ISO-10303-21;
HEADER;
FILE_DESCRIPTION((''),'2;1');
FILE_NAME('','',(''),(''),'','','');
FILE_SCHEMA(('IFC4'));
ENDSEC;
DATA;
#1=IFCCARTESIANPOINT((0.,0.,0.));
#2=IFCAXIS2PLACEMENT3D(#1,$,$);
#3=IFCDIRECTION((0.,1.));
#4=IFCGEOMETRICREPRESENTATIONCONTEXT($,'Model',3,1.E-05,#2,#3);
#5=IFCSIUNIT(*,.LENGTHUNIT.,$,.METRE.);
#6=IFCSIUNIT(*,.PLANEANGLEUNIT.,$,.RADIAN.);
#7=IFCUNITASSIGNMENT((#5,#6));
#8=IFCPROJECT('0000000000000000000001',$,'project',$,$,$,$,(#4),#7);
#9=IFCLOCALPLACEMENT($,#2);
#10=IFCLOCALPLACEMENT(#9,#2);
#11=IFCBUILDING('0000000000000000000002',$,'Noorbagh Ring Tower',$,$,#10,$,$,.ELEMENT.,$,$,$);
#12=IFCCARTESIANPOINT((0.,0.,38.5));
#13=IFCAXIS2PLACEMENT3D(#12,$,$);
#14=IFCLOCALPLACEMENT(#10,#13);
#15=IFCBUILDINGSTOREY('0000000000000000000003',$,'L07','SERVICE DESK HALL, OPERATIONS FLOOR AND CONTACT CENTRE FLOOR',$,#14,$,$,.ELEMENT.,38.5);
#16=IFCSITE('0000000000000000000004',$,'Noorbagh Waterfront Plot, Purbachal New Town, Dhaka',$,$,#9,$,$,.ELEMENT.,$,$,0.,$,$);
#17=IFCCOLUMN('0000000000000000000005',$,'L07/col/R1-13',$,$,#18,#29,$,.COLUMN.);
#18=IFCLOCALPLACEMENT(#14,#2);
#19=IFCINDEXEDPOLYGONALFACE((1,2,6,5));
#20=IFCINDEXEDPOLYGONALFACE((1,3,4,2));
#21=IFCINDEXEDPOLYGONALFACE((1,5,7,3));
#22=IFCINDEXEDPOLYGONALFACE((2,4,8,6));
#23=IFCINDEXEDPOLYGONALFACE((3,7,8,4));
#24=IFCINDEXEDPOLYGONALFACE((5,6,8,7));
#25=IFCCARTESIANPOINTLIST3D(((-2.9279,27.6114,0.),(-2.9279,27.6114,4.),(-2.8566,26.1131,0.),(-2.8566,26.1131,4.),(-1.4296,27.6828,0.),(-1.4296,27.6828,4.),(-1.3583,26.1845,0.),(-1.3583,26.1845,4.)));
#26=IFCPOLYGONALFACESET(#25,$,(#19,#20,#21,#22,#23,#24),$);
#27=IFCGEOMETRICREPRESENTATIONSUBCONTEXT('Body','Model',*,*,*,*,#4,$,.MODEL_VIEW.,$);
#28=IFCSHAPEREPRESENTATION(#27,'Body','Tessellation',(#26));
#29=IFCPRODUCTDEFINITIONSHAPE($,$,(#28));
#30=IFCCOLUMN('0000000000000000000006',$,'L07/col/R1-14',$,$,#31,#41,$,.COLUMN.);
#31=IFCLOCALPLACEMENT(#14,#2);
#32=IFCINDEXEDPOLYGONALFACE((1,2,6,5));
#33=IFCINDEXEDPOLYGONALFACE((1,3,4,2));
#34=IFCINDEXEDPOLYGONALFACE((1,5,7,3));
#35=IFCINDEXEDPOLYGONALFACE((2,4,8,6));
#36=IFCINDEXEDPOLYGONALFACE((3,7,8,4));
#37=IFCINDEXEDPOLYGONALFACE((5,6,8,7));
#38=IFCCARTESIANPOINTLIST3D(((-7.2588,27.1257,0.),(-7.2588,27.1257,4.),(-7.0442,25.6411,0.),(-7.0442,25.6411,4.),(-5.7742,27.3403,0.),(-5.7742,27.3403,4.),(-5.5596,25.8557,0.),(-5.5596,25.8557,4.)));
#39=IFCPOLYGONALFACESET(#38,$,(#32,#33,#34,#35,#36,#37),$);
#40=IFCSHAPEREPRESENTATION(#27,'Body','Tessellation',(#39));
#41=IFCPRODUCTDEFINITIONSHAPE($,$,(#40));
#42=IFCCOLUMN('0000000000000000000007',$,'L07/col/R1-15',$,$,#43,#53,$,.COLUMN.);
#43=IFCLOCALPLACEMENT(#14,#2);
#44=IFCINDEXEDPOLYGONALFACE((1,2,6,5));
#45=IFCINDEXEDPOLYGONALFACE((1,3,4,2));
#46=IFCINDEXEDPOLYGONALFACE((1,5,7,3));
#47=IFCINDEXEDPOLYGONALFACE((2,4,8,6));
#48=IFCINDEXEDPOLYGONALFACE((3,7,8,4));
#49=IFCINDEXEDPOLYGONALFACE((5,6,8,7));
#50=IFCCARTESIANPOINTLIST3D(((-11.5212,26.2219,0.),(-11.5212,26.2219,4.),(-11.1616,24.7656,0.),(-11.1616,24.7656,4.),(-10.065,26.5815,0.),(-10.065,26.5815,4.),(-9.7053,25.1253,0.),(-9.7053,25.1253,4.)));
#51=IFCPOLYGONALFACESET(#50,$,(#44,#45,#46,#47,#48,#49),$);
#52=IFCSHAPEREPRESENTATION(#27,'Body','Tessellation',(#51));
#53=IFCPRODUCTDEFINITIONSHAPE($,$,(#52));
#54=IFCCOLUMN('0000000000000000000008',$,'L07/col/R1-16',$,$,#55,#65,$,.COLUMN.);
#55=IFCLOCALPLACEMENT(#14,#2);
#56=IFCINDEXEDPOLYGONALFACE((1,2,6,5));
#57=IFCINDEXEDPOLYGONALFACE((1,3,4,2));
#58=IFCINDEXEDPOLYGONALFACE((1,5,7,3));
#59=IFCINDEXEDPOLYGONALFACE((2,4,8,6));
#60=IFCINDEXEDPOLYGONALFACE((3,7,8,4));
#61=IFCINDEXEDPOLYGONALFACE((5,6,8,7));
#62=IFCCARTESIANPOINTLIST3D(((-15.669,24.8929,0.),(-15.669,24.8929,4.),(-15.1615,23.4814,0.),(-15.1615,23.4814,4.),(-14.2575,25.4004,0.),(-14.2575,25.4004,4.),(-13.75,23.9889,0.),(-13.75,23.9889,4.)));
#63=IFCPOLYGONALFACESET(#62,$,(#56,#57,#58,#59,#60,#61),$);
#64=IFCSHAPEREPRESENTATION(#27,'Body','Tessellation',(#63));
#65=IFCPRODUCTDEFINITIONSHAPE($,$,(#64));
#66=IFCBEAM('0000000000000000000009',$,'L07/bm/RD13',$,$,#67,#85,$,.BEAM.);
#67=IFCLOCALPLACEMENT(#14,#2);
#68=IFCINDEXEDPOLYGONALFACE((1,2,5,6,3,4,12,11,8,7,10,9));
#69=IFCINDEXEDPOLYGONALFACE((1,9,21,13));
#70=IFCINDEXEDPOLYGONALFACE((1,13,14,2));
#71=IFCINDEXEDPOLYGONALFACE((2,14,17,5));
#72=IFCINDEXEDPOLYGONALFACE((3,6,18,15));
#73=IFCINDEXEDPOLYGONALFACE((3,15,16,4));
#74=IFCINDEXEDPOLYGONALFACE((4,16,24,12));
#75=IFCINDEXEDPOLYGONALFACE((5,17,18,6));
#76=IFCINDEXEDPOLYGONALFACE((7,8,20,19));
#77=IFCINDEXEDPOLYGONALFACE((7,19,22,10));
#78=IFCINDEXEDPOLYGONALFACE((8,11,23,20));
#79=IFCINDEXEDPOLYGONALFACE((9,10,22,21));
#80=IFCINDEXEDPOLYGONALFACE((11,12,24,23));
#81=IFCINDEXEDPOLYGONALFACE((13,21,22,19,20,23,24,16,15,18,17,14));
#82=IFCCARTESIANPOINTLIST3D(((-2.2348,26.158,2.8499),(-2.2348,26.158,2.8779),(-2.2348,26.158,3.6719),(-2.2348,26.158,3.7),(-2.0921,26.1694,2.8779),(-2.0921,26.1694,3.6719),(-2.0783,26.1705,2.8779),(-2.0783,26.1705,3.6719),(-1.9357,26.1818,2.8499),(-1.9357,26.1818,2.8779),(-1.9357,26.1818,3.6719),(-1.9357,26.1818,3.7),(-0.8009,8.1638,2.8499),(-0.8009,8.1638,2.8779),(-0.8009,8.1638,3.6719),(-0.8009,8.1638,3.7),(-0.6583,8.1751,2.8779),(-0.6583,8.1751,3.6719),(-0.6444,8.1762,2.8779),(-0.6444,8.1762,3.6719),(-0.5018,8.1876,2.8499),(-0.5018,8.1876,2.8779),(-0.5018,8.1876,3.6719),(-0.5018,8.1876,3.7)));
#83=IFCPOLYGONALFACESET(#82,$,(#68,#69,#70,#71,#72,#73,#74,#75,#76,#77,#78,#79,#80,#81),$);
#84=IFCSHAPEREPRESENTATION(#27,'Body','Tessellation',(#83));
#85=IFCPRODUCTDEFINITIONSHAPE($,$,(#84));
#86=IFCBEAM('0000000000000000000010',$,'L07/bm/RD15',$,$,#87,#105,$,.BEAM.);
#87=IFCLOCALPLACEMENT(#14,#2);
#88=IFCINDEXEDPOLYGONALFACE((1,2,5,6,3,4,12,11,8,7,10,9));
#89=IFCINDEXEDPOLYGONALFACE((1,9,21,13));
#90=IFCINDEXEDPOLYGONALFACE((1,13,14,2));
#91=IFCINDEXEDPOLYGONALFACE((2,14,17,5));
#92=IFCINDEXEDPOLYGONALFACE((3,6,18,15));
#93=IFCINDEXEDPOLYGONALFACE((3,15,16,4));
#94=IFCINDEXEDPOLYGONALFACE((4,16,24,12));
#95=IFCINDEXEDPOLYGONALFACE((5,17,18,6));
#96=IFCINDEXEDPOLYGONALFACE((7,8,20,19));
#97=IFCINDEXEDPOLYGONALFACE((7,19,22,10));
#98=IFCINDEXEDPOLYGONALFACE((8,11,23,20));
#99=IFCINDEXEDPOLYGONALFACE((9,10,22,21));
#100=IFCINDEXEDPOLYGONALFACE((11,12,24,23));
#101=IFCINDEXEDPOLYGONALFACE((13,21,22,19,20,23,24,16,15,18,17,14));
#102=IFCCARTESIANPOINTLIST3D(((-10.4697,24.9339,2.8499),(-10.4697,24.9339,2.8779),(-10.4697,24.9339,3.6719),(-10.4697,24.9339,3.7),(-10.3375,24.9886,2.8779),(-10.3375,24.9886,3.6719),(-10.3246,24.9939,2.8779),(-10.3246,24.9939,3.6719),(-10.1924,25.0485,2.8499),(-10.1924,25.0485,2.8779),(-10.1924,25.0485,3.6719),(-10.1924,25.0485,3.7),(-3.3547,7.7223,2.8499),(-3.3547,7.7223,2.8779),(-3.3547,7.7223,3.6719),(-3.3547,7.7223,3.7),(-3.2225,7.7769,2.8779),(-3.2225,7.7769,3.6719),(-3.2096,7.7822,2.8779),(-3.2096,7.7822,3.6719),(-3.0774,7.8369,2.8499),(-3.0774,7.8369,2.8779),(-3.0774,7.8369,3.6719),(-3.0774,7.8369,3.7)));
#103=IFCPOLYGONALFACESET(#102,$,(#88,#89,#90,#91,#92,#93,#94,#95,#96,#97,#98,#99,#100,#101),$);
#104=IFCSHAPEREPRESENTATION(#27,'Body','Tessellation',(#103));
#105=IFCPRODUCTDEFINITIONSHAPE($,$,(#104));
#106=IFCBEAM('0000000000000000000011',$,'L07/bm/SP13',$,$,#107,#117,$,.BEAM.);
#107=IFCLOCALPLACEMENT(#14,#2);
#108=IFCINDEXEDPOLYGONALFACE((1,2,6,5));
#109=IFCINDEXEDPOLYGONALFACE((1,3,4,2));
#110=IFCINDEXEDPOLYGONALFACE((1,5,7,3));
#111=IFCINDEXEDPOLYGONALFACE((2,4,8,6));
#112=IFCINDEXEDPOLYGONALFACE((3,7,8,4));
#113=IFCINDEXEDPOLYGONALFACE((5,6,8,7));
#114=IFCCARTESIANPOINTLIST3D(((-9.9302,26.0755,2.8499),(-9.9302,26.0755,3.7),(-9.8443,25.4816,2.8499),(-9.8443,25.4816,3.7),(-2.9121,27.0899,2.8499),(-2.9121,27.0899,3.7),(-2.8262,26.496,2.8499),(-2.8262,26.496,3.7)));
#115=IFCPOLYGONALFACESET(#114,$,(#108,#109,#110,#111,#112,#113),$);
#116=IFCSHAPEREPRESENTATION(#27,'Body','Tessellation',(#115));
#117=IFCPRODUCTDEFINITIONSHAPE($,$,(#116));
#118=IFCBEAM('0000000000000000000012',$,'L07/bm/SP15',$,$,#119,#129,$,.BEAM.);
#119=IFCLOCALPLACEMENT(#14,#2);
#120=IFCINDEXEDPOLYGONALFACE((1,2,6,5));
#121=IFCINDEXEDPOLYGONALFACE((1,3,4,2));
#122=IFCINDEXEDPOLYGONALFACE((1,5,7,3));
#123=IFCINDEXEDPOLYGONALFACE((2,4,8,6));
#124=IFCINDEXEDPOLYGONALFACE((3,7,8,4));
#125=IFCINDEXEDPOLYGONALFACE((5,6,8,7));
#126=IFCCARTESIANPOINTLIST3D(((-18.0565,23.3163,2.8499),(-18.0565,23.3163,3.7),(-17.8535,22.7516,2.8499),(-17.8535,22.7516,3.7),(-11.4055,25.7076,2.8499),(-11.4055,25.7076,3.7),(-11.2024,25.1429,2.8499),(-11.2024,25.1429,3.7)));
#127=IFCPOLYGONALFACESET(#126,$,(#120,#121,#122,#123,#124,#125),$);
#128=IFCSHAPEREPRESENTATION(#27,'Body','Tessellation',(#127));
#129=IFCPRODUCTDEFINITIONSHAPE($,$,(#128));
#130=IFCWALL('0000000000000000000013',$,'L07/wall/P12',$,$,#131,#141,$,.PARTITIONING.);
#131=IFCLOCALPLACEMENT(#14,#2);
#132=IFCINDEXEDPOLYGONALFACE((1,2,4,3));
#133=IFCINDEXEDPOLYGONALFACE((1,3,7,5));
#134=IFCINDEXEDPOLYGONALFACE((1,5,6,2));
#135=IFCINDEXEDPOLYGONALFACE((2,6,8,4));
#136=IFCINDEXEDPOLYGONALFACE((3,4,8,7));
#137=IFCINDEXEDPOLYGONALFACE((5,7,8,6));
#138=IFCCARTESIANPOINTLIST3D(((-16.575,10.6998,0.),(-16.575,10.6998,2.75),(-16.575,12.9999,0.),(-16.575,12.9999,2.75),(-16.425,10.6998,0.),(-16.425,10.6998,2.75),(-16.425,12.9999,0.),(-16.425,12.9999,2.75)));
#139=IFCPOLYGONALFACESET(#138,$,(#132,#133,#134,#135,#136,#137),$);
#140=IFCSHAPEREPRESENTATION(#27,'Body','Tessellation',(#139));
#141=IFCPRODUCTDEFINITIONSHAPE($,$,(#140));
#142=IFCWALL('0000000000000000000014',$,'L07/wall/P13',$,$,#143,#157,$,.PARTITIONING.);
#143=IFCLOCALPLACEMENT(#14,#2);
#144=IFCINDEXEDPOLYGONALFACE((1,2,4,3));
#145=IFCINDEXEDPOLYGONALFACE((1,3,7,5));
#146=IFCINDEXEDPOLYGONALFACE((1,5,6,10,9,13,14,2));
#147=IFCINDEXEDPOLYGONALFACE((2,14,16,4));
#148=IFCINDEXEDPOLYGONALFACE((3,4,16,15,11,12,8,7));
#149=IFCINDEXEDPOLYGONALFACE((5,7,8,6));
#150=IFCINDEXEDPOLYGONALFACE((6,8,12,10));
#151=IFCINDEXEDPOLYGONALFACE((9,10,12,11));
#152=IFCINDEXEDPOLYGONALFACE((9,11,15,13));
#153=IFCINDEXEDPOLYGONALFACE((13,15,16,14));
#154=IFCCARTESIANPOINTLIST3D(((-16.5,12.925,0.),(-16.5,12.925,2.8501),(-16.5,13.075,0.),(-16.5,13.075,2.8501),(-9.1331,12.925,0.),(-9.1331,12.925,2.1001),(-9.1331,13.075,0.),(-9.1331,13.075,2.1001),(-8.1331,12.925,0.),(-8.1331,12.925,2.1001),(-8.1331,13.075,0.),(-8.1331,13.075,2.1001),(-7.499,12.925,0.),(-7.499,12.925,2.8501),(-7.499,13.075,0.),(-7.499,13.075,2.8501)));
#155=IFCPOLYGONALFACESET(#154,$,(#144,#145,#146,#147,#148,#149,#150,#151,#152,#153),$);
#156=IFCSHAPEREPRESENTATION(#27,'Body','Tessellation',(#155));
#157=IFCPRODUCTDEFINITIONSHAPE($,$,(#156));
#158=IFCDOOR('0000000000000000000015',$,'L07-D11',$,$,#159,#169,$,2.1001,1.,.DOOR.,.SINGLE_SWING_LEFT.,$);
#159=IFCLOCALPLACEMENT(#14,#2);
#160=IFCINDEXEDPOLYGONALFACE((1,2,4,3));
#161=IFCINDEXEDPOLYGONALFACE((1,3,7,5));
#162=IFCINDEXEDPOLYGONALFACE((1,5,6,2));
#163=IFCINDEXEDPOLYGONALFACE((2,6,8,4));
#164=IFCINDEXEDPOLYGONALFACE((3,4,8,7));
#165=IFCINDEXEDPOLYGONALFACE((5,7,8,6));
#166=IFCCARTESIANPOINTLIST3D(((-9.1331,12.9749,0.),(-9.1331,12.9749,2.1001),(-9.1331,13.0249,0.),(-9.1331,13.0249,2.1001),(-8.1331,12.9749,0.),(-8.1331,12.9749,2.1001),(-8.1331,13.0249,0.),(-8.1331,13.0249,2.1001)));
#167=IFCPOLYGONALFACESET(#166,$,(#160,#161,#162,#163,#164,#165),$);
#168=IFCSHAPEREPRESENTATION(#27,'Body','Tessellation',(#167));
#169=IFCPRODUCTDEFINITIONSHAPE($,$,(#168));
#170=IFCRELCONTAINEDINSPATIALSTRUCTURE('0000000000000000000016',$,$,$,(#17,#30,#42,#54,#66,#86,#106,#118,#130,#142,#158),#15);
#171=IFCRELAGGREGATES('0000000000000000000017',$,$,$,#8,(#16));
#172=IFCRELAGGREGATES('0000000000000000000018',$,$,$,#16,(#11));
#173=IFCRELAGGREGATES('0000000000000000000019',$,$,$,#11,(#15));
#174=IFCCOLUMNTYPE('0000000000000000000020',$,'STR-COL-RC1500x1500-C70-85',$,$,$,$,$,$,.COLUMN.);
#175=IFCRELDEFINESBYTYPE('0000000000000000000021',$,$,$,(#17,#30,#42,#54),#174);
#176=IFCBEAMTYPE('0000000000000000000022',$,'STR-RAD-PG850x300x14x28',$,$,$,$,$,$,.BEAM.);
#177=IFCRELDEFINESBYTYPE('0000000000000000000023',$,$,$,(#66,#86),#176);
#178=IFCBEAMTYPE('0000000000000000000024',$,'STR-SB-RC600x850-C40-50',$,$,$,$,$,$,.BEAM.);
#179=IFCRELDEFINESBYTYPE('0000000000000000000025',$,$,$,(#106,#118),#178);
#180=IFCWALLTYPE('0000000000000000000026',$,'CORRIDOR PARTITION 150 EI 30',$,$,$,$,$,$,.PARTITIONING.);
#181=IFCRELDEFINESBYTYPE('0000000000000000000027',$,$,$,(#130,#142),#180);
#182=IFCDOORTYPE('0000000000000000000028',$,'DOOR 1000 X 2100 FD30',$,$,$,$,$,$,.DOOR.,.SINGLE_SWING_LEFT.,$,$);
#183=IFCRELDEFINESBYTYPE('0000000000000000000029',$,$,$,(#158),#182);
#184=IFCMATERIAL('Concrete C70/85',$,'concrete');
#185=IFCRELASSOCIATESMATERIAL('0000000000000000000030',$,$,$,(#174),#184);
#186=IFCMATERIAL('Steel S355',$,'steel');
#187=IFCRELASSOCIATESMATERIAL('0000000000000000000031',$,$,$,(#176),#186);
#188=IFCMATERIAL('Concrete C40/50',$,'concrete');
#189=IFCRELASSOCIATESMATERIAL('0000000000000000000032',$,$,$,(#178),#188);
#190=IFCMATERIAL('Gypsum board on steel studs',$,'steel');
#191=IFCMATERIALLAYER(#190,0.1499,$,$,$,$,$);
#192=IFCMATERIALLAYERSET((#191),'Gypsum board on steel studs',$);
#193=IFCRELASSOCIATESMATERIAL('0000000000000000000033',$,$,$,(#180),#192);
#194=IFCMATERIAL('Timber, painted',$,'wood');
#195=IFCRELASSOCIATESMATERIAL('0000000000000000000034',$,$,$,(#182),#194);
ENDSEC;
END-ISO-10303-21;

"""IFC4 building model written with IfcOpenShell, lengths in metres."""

from ifc_helpers import new_model, si_unit, direction, frame, frame_2d, origin, origin_2d, place, context, subcontext, project, spatial, rectangle, i_section, extrude, material, layer, layer_set, material_profile, profile_set, type_object, element, fill, save


model = new_model("IFC4")

# Units and contexts
model_context = context("Model", 3, precision=1e-05, world=origin(), true_north=direction((0.0, 1.0)))
body_context = subcontext(model_context, "Body", "Model", "MODEL_VIEW")
ifc_project = project(units=[si_unit("LENGTHUNIT", "METRE"), si_unit("PLANEANGLEUNIT", "RADIAN")], contexts=[model_context])

# Site, building, storey
site_placement = place(None, origin())
site = spatial("IfcSite", under=ifc_project, at=site_placement, Name="Noorbagh Waterfront Plot, Purbachal New Town, Dhaka", CompositionType="ELEMENT", RefElevation=0.0)
building_placement = place(site_placement, origin())
building = spatial("IfcBuilding", under=site, at=building_placement, Name="Noorbagh Ring Tower", CompositionType="ELEMENT")
storey_placement = place(building_placement, frame((0.0, 0.0, 38.5)))
storey = spatial("IfcBuildingStorey", under=building, at=storey_placement, Name="L07", Description="SERVICE DESK HALL, OPERATIONS FLOOR AND CONTACT CENTRE FLOOR", CompositionType="ELEMENT", Elevation=38.5)

# Columns
ifc_material_1 = material(Name="Concrete C70/85", Category="concrete")
ifc_material_profile_1 = material_profile(ifc_material_1, rectangle(XDim=1.5, YDim=1.5, at=origin_2d()), Name="RC1500x1500")
ifc_profile_set_1 = profile_set([ifc_material_profile_1], Name="Concrete C70/85")
column_type = type_object("IfcColumnType", Name="STR-COL-RC1500x1500-C70-85", PredefinedType="COLUMN", material=ifc_profile_set_1)
for number, where, z_axis, x_axis, name in (
    (1, (-2.1431, 26.8979, 0.0), (0.0, 0.0, 1.0), (-0.998869, -0.047553, 0.0), "L07/col/R1-13"),
    (2, (-6.4092, 26.4907, 0.0), (0.0, 0.0, 1.0), (-0.989713, -0.143066, 0.0), "L07/col/R1-14"),
    (3, (-10.6133, 25.6736, 0.0), (0.0, 0.0, 1.0), (-0.970829, -0.239771, 0.0), "L07/col/R1-15"),
    (4, (-14.7095, 24.4409, 0.0), (0.0, 0.0, 1.0), (-0.941025, -0.338338, 0.0), "L07/col/R1-16"),
):
    element("IfcColumn", number, at=place(storey_placement, frame(where, z_axis=z_axis, x_axis=x_axis)), inside=storey, type_object=column_type, Name=name, PredefinedType="COLUMN", context=body_context, shape_type="SweptSolid", body=[
        extrude(rectangle(XDim=1.5, YDim=1.5, at=origin_2d()), origin(), (0.0, 0.0, 1.0), 4.0),
    ])

# Beams
ifc_material_2 = material(Name="Steel S355", Category="steel")
ifc_material_profile_2 = material_profile(ifc_material_2, i_section(OverallWidth=0.3, OverallDepth=0.8501, WebThickness=0.0139, FlangeThickness=0.0281, at=origin_2d()), Name="PG850x300x14x28")
ifc_profile_set_2 = profile_set([ifc_material_profile_2], Name="Steel S355")
beam_type_1 = type_object("IfcBeamType", Name="STR-RAD-PG850x300x14x28", PredefinedType="BEAM", material=ifc_profile_set_2)
beam_1_placement = place(storey_placement, frame((-2.0852, 26.1699, 3.2749), z_axis=(0.079432, -0.99684, 0.0), x_axis=(0.99684, 0.079432, 0.0)))
element("IfcBeam", 5, at=beam_1_placement, inside=storey, type_object=beam_type_1, Name="L07/bm/RD13", PredefinedType="BEAM", context=body_context, shape_type="SweptSolid", body=[
    extrude(i_section(OverallWidth=0.3, OverallDepth=0.8501, WebThickness=0.0139, FlangeThickness=0.0281, at=origin_2d()), origin(), (0.0, 0.0, 1.0), 18.0513),
])
beam_2_placement = place(storey_placement, frame((-10.3311, 24.9912, 3.2749), z_axis=(0.382027, -0.924151, 0.0), x_axis=(0.924151, 0.382027, 0.0)))
element("IfcBeam", 6, at=beam_2_placement, inside=storey, type_object=beam_type_1, Name="L07/bm/RD15", PredefinedType="BEAM", context=body_context, shape_type="SweptSolid", body=[
    extrude(i_section(OverallWidth=0.3, OverallDepth=0.8501, WebThickness=0.0139, FlangeThickness=0.0281, at=origin_2d()), origin(), (0.0, 0.0, 1.0), 18.6243),
])
ifc_material_3 = material(Name="Concrete C40/50", Category="concrete")
ifc_material_profile_3 = material_profile(ifc_material_3, rectangle(XDim=0.6001, YDim=0.8501, at=origin_2d()), Name="RC600x850")
ifc_profile_set_3 = profile_set([ifc_material_profile_3], Name="Concrete C40/50")
beam_type_2 = type_object("IfcBeamType", Name="STR-SB-RC600x850-C40-50", PredefinedType="BEAM", material=ifc_profile_set_3)
beam_3_placement = place(storey_placement, frame((-2.8691, 26.793, 3.2749), z_axis=(-0.989715, -0.143055, 0.0), x_axis=(0.143055, -0.989715, 0.0)))
element("IfcBeam", 7, at=beam_3_placement, inside=storey, type_object=beam_type_2, Name="L07/bm/SP13", PredefinedType="BEAM", context=body_context, shape_type="SweptSolid", body=[
    extrude(rectangle(XDim=0.6001, YDim=0.8501, at=origin_2d()), origin(), (0.0, 0.0, 1.0), 7.0911),
])
beam_4_placement = place(storey_placement, frame((-11.304, 25.4253, 3.2749), z_axis=(-0.941025, -0.338338, 0.0), x_axis=(0.338338, -0.941025, 0.0)))
element("IfcBeam", 8, at=beam_4_placement, inside=storey, type_object=beam_type_2, Name="L07/bm/SP15", PredefinedType="BEAM", context=body_context, shape_type="SweptSolid", body=[
    extrude(rectangle(XDim=0.6001, YDim=0.8501, at=origin_2d()), origin(), (0.0, 0.0, 1.0), 7.0679),
])

# Wall
ifc_material_4 = material(Name="Gypsum board on steel studs", Category="steel")
ifc_layer_1 = layer(ifc_material_4, 0.1499)
ifc_layer_set_1 = layer_set([ifc_layer_1], Name="Gypsum board on steel studs")
wall_type_1 = type_object("IfcWallType", Name="CORRIDOR PARTITION 150 EI 30", PredefinedType="PARTITIONING", material=ifc_layer_set_1)
wall_1_placement = place(storey_placement, frame((-16.5, 10.7, 0.0), z_axis=(0.0, 0.0, 1.0), x_axis=(0.0, 1.0, 0.0)))
element("IfcWall", 9, at=wall_1_placement, inside=storey, type_object=wall_type_1, Name="L07/wall/P12", PredefinedType="PARTITIONING", context=body_context, shape_type="SweptSolid", body=[
    extrude(rectangle(XDim=2.3, YDim=0.1499, at=frame_2d((1.1499, 0.0))), origin(), (0.0, 0.0, 1.0), 2.75),
])

# Wall, opening, door
wall_2_placement = place(storey_placement, frame((-16.5, 13.0, 0.0), z_axis=(0.0, 0.0, 1.0), x_axis=(1.0, 0.0, 0.0)))
wall_2 = element("IfcWall", 10, at=wall_2_placement, inside=storey, type_object=wall_type_1, Name="L07/wall/P13", PredefinedType="PARTITIONING", context=body_context, shape_type="SweptSolid", body=[
    extrude(rectangle(XDim=9.001, YDim=0.1499, at=frame_2d((4.5005, 0.0))), origin(), (0.0, 0.0, 1.0), 2.8501),
])
opening_1_placement = place(wall_2_placement, frame((7.3669, 0.0, 0.0)))
opening_1 = element("IfcOpeningElement", 11, at=opening_1_placement, cuts=wall_2, PredefinedType="OPENING", context=body_context, shape_type="SweptSolid", body=[
    extrude(rectangle(XDim=1.0, YDim=2.1001, at=frame_2d((0.5, 1.05))), frame((0.0, 0.085, 0.0), z_axis=(0.0, -1.0, 0.0), x_axis=(1.0, 0.0, 0.0)), (0.0, 0.0, 1.0), 0.1699),
])
ifc_material_5 = material(Name="Timber, painted", Category="wood")
door_type_1 = type_object("IfcDoorType", Name="DOOR 1000 X 2100 FD30", OperationType="SINGLE_SWING_LEFT", PredefinedType="DOOR", material=ifc_material_5)
door_1_placement = place(opening_1_placement, origin())
door_1 = element("IfcDoor", 12, at=door_1_placement, inside=storey, type_object=door_type_1, Name="L07-D11", OperationType="SINGLE_SWING_LEFT", OverallHeight=2.1001, OverallWidth=1.0, PredefinedType="DOOR", context=body_context, shape_type="SweptSolid", body=[
    extrude(rectangle(XDim=1.0, YDim=2.1001, at=frame_2d((0.5, 1.05))), frame((0.0, 0.0249, 0.0), z_axis=(0.0, -1.0, 0.0), x_axis=(1.0, 0.0, 0.0)), (0.0, 0.0, 1.0), 0.05),
])
fill(opening_1, door_1)

save(model, "model.ifc")
